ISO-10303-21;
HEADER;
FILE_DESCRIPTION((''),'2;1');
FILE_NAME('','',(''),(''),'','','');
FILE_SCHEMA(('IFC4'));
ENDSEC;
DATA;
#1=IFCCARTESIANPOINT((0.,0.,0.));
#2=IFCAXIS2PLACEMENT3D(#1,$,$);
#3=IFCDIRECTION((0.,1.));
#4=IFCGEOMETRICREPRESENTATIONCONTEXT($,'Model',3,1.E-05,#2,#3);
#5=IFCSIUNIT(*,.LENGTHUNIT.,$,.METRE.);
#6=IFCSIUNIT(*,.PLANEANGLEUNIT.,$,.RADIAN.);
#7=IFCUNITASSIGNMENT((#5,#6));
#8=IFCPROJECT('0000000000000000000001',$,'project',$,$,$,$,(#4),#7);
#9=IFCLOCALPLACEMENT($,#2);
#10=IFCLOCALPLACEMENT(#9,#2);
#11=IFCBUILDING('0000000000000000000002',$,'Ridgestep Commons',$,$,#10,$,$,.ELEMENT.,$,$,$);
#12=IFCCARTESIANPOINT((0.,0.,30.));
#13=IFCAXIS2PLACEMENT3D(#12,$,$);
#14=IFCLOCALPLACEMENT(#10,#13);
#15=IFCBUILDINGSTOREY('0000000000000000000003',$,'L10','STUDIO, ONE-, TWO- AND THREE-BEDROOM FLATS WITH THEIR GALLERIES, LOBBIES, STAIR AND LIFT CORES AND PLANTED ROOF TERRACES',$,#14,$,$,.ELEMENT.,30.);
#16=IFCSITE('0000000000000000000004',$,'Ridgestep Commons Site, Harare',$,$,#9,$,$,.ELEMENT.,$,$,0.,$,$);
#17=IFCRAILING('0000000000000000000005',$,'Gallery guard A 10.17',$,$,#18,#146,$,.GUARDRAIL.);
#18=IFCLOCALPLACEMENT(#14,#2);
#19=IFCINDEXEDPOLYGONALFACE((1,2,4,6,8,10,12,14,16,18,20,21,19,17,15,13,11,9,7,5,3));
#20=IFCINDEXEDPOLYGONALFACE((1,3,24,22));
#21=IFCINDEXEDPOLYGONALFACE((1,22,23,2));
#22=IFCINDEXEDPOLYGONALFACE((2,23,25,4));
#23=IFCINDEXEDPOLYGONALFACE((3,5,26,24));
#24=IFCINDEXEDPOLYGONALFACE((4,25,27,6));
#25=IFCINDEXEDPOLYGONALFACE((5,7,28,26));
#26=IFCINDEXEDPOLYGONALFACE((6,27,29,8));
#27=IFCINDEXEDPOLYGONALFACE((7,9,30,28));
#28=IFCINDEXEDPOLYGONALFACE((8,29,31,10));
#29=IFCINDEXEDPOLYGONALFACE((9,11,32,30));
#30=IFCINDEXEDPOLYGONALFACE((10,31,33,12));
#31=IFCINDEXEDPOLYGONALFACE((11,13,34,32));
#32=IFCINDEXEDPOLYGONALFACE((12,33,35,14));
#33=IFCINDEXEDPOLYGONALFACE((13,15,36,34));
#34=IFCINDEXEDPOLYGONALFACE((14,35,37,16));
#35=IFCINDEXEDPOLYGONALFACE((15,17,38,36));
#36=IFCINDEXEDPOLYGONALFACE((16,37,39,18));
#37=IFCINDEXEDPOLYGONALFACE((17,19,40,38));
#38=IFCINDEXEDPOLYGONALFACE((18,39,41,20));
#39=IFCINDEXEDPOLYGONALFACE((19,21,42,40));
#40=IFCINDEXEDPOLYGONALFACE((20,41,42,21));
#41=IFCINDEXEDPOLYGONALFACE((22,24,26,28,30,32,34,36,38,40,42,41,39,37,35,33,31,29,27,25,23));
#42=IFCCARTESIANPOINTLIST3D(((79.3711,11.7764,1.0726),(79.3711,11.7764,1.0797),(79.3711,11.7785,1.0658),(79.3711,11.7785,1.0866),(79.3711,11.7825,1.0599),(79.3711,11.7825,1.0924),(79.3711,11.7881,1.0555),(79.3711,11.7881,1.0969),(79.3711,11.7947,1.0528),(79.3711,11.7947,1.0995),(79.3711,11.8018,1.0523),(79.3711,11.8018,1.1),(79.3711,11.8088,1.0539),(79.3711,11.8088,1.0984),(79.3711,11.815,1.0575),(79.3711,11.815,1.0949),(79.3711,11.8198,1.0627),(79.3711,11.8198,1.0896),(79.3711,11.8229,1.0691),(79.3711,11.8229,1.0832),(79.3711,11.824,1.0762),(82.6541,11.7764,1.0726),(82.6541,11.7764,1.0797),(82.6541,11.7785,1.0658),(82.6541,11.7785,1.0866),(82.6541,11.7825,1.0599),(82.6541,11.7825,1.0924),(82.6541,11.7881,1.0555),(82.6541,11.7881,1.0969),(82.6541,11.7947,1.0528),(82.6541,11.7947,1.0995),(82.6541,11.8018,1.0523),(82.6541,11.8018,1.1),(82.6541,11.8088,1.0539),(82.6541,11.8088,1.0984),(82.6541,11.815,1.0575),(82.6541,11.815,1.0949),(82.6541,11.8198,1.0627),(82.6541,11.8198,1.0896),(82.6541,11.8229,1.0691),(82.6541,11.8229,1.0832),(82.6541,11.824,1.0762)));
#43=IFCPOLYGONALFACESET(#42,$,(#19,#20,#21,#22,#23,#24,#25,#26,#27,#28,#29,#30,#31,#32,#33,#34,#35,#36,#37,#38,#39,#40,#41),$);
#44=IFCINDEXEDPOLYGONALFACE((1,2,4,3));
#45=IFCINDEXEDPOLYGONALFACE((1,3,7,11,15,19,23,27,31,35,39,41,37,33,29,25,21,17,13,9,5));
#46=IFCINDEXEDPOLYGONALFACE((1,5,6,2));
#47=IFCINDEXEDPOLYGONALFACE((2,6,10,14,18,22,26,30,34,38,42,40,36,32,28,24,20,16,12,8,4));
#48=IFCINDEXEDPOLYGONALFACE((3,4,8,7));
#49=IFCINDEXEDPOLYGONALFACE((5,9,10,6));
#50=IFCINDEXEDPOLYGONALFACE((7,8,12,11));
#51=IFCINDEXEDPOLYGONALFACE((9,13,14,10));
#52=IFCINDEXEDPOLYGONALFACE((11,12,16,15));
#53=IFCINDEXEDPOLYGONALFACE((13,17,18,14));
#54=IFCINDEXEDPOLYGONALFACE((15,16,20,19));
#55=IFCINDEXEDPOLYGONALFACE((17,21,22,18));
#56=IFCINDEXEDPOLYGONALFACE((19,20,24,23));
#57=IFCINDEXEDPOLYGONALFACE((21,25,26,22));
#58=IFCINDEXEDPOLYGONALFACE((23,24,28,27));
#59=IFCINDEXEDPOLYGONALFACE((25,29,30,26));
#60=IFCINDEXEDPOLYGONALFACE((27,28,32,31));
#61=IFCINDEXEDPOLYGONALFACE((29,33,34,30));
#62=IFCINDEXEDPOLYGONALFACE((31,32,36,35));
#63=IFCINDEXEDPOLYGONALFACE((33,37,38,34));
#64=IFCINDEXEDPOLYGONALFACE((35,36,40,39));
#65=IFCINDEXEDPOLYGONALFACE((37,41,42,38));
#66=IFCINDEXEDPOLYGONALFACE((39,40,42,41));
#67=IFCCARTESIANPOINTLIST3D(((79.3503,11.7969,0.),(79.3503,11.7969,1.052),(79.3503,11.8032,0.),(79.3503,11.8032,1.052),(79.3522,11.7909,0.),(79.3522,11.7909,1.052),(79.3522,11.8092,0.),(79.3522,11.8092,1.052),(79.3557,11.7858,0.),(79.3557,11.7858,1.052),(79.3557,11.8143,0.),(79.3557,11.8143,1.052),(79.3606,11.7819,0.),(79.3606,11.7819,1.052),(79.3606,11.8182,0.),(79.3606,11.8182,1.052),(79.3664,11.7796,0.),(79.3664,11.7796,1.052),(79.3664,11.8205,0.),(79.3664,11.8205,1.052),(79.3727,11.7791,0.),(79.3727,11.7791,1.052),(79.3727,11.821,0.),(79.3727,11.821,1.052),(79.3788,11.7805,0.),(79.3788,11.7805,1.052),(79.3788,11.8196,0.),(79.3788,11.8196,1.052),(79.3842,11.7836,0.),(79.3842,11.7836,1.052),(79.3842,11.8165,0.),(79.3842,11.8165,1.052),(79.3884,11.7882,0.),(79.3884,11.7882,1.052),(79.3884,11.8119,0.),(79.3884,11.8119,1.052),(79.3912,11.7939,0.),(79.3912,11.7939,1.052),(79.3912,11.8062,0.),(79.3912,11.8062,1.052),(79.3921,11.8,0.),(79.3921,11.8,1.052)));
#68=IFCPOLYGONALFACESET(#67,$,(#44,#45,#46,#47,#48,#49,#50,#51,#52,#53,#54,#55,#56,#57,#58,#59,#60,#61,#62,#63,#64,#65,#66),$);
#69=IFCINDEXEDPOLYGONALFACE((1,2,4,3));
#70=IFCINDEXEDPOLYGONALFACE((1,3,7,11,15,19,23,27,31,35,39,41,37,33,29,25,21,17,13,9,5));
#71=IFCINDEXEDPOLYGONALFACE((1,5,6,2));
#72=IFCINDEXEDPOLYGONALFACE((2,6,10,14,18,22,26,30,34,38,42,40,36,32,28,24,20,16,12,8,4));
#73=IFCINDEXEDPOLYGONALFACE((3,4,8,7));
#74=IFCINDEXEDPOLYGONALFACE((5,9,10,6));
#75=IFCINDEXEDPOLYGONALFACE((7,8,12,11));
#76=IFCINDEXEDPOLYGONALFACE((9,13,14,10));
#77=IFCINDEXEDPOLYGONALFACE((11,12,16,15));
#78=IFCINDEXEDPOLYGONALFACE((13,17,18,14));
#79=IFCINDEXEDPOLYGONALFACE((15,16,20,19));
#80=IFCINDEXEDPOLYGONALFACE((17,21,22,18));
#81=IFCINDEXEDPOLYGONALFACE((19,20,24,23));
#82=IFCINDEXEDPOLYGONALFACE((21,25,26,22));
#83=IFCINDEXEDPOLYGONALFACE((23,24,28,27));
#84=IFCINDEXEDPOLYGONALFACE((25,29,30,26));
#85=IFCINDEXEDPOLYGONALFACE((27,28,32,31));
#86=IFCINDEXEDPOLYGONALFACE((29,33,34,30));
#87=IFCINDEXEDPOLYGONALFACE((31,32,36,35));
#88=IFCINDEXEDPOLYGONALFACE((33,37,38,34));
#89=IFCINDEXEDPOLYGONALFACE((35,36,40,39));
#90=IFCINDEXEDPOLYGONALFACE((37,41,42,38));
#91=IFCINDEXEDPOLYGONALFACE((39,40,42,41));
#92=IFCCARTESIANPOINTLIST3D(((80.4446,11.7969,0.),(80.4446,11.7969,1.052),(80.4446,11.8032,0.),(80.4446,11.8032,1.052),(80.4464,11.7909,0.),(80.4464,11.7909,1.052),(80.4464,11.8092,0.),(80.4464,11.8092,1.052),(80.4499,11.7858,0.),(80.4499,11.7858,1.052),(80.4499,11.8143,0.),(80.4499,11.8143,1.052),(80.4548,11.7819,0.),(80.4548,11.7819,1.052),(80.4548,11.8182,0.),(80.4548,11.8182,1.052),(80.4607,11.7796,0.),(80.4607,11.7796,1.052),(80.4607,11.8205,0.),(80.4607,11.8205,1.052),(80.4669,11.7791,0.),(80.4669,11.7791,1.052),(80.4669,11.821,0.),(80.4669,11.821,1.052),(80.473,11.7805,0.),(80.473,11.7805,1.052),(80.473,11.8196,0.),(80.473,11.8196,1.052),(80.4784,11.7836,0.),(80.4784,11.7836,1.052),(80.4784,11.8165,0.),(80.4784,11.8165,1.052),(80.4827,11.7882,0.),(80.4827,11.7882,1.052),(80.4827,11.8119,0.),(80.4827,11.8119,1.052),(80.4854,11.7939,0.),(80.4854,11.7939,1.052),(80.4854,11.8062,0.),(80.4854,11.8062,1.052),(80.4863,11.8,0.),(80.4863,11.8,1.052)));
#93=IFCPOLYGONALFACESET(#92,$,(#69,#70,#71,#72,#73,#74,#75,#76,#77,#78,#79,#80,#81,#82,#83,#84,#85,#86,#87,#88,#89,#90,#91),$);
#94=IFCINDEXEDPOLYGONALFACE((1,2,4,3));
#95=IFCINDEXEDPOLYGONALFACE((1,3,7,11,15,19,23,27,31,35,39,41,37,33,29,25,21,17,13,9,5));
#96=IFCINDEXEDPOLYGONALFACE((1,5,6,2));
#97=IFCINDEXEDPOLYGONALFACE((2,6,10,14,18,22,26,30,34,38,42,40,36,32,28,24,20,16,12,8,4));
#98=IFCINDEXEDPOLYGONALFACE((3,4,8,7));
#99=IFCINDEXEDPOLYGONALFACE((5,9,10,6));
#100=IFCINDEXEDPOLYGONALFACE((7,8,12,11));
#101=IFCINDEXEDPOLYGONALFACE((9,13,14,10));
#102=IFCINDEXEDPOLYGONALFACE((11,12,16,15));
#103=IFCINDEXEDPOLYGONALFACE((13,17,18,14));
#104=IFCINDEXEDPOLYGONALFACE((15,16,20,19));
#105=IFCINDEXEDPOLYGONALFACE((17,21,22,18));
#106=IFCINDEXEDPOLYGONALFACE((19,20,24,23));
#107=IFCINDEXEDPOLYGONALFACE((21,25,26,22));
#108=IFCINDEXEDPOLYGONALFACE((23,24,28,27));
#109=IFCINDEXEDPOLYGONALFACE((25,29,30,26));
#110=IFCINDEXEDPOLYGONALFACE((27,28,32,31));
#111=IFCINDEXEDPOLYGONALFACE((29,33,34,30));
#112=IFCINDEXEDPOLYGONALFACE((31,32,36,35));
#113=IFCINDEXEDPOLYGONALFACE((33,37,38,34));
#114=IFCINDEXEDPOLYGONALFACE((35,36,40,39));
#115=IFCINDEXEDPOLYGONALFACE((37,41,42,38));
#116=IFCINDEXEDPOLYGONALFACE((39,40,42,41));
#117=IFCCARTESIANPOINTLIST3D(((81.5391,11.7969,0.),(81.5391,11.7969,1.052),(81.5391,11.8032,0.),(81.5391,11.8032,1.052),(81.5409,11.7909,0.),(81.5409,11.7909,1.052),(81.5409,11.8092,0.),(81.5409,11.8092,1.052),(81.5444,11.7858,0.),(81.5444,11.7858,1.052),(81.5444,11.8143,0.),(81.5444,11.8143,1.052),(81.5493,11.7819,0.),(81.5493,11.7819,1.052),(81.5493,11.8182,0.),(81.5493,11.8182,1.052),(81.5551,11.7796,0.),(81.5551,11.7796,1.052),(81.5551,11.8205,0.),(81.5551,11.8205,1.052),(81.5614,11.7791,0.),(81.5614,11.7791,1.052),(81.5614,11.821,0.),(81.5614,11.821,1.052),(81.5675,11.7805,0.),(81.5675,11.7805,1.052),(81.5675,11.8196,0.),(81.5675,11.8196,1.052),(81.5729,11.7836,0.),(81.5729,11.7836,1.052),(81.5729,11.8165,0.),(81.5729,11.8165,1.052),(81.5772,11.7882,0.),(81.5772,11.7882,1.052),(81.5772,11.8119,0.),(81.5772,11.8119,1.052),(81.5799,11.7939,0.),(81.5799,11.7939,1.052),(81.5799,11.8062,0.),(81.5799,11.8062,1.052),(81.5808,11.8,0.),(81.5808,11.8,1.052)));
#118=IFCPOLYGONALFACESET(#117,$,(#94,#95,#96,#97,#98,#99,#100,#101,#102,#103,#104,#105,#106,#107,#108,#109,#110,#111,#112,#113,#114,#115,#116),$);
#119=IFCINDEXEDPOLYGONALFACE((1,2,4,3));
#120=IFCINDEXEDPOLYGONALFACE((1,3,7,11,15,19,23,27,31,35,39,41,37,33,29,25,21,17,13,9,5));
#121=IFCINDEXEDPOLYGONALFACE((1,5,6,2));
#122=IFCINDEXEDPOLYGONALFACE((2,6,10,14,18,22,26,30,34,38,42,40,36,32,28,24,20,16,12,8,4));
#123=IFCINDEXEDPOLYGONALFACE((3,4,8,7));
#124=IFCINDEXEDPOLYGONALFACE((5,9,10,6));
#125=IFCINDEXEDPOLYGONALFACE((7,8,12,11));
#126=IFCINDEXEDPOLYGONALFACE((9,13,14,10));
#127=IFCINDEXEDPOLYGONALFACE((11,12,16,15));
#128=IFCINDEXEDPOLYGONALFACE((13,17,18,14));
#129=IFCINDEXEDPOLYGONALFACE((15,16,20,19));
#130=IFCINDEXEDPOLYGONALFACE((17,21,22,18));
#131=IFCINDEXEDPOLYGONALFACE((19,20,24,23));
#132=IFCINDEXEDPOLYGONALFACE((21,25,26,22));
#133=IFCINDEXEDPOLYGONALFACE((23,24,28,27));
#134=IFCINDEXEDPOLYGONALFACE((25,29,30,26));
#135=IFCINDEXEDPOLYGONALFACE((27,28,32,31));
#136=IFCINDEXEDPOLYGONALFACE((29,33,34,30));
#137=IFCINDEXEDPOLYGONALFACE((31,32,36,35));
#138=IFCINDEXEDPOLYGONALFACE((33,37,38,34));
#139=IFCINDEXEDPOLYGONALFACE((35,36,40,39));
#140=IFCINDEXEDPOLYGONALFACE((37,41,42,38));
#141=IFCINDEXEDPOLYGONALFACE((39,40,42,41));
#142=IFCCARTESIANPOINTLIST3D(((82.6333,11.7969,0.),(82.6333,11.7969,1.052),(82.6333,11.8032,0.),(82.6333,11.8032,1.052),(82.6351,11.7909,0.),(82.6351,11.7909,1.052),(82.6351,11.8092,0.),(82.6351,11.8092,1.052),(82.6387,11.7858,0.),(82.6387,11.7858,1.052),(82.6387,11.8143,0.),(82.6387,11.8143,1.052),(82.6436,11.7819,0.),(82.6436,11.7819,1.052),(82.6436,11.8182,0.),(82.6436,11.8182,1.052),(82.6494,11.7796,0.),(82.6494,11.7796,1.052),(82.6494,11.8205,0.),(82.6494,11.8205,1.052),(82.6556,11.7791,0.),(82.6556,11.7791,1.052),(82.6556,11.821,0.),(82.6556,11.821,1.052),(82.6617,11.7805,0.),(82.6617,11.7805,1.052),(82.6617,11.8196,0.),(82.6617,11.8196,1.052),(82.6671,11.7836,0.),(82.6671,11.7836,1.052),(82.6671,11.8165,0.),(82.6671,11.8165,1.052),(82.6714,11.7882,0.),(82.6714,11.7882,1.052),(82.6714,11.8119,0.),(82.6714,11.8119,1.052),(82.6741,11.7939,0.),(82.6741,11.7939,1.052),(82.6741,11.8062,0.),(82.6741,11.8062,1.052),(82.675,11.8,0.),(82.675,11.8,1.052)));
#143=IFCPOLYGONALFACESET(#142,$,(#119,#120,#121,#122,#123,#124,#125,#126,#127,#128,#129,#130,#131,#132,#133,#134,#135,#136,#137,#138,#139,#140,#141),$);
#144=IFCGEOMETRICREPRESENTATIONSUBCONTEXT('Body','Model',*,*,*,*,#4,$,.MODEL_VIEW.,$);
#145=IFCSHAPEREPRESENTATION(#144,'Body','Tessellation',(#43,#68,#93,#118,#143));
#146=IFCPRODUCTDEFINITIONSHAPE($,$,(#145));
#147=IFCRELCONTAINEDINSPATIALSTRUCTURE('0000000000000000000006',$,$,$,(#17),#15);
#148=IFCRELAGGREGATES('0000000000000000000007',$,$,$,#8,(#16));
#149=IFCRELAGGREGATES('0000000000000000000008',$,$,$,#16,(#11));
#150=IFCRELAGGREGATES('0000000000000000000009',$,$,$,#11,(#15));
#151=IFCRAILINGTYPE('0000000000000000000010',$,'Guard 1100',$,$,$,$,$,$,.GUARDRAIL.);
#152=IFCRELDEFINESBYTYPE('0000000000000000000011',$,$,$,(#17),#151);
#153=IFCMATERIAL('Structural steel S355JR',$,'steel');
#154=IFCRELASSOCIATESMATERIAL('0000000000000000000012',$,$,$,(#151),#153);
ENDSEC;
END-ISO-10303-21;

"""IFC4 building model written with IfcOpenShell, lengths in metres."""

from ifc_helpers import new_model, si_unit, direction, frame, origin, origin_2d, place, context, subcontext, project, spatial, circle, extrude, material, type_object, element, save


model = new_model("IFC4")

# Units and contexts
model_context = context("Model", 3, precision=1e-05, world=origin(), true_north=direction((0.0, 1.0)))
body_context = subcontext(model_context, "Body", "Model", "MODEL_VIEW")
ifc_project = project(units=[si_unit("LENGTHUNIT", "METRE"), si_unit("PLANEANGLEUNIT", "RADIAN")], contexts=[model_context])

# Site, building, storey
site_placement = place(None, origin())
site = spatial("IfcSite", under=ifc_project, at=site_placement, Name="Ridgestep Commons Site, Harare", CompositionType="ELEMENT", RefElevation=0.0)
building_placement = place(site_placement, origin())
building = spatial("IfcBuilding", under=site, at=building_placement, Name="Ridgestep Commons", CompositionType="ELEMENT")
storey_placement = place(building_placement, frame((0.0, 0.0, 30.0)))
storey = spatial("IfcBuildingStorey", under=building, at=storey_placement, Name="L10", Description="STUDIO, ONE-, TWO- AND THREE-BEDROOM FLATS WITH THEIR GALLERIES, LOBBIES, STAIR AND LIFT CORES AND PLANTED ROOF TERRACES", CompositionType="ELEMENT", Elevation=30.0)

# Railing
ifc_material_1 = material(Name="Structural steel S355JR", Category="steel")
railing_type = type_object("IfcRailingType", Name="Guard 1100", PredefinedType="GUARDRAIL", material=ifc_material_1)
railing_placement = place(storey_placement, frame((79.3711, 11.8, 0.0)))
element("IfcRailing", 1, at=railing_placement, inside=storey, type_object=railing_type, Name="Gallery guard A 10.17", PredefinedType="GUARDRAIL", context=body_context, shape_type="SweptSolid", body=[
    extrude(circle(Radius=0.0239, at=origin_2d()), frame((0.0, 0.0, 1.0762), z_axis=(1.0, 0.0, 0.0), x_axis=(0.0, 1.0, 0.0)), (0.0, 0.0, 1.0), 3.283),
    extrude(circle(Radius=0.021, at=origin_2d()), origin(), (0.0, 0.0, 1.0), 1.052),
    extrude(circle(Radius=0.021, at=origin_2d()), frame((1.0942, 0.0, 0.0)), (0.0, 0.0, 1.0), 1.052),
    extrude(circle(Radius=0.021, at=origin_2d()), frame((2.1887, 0.0, 0.0)), (0.0, 0.0, 1.0), 1.052),
    extrude(circle(Radius=0.021, at=origin_2d()), frame((3.283, 0.0, 0.0)), (0.0, 0.0, 1.0), 1.052),
])

save(model, "model.ifc")
